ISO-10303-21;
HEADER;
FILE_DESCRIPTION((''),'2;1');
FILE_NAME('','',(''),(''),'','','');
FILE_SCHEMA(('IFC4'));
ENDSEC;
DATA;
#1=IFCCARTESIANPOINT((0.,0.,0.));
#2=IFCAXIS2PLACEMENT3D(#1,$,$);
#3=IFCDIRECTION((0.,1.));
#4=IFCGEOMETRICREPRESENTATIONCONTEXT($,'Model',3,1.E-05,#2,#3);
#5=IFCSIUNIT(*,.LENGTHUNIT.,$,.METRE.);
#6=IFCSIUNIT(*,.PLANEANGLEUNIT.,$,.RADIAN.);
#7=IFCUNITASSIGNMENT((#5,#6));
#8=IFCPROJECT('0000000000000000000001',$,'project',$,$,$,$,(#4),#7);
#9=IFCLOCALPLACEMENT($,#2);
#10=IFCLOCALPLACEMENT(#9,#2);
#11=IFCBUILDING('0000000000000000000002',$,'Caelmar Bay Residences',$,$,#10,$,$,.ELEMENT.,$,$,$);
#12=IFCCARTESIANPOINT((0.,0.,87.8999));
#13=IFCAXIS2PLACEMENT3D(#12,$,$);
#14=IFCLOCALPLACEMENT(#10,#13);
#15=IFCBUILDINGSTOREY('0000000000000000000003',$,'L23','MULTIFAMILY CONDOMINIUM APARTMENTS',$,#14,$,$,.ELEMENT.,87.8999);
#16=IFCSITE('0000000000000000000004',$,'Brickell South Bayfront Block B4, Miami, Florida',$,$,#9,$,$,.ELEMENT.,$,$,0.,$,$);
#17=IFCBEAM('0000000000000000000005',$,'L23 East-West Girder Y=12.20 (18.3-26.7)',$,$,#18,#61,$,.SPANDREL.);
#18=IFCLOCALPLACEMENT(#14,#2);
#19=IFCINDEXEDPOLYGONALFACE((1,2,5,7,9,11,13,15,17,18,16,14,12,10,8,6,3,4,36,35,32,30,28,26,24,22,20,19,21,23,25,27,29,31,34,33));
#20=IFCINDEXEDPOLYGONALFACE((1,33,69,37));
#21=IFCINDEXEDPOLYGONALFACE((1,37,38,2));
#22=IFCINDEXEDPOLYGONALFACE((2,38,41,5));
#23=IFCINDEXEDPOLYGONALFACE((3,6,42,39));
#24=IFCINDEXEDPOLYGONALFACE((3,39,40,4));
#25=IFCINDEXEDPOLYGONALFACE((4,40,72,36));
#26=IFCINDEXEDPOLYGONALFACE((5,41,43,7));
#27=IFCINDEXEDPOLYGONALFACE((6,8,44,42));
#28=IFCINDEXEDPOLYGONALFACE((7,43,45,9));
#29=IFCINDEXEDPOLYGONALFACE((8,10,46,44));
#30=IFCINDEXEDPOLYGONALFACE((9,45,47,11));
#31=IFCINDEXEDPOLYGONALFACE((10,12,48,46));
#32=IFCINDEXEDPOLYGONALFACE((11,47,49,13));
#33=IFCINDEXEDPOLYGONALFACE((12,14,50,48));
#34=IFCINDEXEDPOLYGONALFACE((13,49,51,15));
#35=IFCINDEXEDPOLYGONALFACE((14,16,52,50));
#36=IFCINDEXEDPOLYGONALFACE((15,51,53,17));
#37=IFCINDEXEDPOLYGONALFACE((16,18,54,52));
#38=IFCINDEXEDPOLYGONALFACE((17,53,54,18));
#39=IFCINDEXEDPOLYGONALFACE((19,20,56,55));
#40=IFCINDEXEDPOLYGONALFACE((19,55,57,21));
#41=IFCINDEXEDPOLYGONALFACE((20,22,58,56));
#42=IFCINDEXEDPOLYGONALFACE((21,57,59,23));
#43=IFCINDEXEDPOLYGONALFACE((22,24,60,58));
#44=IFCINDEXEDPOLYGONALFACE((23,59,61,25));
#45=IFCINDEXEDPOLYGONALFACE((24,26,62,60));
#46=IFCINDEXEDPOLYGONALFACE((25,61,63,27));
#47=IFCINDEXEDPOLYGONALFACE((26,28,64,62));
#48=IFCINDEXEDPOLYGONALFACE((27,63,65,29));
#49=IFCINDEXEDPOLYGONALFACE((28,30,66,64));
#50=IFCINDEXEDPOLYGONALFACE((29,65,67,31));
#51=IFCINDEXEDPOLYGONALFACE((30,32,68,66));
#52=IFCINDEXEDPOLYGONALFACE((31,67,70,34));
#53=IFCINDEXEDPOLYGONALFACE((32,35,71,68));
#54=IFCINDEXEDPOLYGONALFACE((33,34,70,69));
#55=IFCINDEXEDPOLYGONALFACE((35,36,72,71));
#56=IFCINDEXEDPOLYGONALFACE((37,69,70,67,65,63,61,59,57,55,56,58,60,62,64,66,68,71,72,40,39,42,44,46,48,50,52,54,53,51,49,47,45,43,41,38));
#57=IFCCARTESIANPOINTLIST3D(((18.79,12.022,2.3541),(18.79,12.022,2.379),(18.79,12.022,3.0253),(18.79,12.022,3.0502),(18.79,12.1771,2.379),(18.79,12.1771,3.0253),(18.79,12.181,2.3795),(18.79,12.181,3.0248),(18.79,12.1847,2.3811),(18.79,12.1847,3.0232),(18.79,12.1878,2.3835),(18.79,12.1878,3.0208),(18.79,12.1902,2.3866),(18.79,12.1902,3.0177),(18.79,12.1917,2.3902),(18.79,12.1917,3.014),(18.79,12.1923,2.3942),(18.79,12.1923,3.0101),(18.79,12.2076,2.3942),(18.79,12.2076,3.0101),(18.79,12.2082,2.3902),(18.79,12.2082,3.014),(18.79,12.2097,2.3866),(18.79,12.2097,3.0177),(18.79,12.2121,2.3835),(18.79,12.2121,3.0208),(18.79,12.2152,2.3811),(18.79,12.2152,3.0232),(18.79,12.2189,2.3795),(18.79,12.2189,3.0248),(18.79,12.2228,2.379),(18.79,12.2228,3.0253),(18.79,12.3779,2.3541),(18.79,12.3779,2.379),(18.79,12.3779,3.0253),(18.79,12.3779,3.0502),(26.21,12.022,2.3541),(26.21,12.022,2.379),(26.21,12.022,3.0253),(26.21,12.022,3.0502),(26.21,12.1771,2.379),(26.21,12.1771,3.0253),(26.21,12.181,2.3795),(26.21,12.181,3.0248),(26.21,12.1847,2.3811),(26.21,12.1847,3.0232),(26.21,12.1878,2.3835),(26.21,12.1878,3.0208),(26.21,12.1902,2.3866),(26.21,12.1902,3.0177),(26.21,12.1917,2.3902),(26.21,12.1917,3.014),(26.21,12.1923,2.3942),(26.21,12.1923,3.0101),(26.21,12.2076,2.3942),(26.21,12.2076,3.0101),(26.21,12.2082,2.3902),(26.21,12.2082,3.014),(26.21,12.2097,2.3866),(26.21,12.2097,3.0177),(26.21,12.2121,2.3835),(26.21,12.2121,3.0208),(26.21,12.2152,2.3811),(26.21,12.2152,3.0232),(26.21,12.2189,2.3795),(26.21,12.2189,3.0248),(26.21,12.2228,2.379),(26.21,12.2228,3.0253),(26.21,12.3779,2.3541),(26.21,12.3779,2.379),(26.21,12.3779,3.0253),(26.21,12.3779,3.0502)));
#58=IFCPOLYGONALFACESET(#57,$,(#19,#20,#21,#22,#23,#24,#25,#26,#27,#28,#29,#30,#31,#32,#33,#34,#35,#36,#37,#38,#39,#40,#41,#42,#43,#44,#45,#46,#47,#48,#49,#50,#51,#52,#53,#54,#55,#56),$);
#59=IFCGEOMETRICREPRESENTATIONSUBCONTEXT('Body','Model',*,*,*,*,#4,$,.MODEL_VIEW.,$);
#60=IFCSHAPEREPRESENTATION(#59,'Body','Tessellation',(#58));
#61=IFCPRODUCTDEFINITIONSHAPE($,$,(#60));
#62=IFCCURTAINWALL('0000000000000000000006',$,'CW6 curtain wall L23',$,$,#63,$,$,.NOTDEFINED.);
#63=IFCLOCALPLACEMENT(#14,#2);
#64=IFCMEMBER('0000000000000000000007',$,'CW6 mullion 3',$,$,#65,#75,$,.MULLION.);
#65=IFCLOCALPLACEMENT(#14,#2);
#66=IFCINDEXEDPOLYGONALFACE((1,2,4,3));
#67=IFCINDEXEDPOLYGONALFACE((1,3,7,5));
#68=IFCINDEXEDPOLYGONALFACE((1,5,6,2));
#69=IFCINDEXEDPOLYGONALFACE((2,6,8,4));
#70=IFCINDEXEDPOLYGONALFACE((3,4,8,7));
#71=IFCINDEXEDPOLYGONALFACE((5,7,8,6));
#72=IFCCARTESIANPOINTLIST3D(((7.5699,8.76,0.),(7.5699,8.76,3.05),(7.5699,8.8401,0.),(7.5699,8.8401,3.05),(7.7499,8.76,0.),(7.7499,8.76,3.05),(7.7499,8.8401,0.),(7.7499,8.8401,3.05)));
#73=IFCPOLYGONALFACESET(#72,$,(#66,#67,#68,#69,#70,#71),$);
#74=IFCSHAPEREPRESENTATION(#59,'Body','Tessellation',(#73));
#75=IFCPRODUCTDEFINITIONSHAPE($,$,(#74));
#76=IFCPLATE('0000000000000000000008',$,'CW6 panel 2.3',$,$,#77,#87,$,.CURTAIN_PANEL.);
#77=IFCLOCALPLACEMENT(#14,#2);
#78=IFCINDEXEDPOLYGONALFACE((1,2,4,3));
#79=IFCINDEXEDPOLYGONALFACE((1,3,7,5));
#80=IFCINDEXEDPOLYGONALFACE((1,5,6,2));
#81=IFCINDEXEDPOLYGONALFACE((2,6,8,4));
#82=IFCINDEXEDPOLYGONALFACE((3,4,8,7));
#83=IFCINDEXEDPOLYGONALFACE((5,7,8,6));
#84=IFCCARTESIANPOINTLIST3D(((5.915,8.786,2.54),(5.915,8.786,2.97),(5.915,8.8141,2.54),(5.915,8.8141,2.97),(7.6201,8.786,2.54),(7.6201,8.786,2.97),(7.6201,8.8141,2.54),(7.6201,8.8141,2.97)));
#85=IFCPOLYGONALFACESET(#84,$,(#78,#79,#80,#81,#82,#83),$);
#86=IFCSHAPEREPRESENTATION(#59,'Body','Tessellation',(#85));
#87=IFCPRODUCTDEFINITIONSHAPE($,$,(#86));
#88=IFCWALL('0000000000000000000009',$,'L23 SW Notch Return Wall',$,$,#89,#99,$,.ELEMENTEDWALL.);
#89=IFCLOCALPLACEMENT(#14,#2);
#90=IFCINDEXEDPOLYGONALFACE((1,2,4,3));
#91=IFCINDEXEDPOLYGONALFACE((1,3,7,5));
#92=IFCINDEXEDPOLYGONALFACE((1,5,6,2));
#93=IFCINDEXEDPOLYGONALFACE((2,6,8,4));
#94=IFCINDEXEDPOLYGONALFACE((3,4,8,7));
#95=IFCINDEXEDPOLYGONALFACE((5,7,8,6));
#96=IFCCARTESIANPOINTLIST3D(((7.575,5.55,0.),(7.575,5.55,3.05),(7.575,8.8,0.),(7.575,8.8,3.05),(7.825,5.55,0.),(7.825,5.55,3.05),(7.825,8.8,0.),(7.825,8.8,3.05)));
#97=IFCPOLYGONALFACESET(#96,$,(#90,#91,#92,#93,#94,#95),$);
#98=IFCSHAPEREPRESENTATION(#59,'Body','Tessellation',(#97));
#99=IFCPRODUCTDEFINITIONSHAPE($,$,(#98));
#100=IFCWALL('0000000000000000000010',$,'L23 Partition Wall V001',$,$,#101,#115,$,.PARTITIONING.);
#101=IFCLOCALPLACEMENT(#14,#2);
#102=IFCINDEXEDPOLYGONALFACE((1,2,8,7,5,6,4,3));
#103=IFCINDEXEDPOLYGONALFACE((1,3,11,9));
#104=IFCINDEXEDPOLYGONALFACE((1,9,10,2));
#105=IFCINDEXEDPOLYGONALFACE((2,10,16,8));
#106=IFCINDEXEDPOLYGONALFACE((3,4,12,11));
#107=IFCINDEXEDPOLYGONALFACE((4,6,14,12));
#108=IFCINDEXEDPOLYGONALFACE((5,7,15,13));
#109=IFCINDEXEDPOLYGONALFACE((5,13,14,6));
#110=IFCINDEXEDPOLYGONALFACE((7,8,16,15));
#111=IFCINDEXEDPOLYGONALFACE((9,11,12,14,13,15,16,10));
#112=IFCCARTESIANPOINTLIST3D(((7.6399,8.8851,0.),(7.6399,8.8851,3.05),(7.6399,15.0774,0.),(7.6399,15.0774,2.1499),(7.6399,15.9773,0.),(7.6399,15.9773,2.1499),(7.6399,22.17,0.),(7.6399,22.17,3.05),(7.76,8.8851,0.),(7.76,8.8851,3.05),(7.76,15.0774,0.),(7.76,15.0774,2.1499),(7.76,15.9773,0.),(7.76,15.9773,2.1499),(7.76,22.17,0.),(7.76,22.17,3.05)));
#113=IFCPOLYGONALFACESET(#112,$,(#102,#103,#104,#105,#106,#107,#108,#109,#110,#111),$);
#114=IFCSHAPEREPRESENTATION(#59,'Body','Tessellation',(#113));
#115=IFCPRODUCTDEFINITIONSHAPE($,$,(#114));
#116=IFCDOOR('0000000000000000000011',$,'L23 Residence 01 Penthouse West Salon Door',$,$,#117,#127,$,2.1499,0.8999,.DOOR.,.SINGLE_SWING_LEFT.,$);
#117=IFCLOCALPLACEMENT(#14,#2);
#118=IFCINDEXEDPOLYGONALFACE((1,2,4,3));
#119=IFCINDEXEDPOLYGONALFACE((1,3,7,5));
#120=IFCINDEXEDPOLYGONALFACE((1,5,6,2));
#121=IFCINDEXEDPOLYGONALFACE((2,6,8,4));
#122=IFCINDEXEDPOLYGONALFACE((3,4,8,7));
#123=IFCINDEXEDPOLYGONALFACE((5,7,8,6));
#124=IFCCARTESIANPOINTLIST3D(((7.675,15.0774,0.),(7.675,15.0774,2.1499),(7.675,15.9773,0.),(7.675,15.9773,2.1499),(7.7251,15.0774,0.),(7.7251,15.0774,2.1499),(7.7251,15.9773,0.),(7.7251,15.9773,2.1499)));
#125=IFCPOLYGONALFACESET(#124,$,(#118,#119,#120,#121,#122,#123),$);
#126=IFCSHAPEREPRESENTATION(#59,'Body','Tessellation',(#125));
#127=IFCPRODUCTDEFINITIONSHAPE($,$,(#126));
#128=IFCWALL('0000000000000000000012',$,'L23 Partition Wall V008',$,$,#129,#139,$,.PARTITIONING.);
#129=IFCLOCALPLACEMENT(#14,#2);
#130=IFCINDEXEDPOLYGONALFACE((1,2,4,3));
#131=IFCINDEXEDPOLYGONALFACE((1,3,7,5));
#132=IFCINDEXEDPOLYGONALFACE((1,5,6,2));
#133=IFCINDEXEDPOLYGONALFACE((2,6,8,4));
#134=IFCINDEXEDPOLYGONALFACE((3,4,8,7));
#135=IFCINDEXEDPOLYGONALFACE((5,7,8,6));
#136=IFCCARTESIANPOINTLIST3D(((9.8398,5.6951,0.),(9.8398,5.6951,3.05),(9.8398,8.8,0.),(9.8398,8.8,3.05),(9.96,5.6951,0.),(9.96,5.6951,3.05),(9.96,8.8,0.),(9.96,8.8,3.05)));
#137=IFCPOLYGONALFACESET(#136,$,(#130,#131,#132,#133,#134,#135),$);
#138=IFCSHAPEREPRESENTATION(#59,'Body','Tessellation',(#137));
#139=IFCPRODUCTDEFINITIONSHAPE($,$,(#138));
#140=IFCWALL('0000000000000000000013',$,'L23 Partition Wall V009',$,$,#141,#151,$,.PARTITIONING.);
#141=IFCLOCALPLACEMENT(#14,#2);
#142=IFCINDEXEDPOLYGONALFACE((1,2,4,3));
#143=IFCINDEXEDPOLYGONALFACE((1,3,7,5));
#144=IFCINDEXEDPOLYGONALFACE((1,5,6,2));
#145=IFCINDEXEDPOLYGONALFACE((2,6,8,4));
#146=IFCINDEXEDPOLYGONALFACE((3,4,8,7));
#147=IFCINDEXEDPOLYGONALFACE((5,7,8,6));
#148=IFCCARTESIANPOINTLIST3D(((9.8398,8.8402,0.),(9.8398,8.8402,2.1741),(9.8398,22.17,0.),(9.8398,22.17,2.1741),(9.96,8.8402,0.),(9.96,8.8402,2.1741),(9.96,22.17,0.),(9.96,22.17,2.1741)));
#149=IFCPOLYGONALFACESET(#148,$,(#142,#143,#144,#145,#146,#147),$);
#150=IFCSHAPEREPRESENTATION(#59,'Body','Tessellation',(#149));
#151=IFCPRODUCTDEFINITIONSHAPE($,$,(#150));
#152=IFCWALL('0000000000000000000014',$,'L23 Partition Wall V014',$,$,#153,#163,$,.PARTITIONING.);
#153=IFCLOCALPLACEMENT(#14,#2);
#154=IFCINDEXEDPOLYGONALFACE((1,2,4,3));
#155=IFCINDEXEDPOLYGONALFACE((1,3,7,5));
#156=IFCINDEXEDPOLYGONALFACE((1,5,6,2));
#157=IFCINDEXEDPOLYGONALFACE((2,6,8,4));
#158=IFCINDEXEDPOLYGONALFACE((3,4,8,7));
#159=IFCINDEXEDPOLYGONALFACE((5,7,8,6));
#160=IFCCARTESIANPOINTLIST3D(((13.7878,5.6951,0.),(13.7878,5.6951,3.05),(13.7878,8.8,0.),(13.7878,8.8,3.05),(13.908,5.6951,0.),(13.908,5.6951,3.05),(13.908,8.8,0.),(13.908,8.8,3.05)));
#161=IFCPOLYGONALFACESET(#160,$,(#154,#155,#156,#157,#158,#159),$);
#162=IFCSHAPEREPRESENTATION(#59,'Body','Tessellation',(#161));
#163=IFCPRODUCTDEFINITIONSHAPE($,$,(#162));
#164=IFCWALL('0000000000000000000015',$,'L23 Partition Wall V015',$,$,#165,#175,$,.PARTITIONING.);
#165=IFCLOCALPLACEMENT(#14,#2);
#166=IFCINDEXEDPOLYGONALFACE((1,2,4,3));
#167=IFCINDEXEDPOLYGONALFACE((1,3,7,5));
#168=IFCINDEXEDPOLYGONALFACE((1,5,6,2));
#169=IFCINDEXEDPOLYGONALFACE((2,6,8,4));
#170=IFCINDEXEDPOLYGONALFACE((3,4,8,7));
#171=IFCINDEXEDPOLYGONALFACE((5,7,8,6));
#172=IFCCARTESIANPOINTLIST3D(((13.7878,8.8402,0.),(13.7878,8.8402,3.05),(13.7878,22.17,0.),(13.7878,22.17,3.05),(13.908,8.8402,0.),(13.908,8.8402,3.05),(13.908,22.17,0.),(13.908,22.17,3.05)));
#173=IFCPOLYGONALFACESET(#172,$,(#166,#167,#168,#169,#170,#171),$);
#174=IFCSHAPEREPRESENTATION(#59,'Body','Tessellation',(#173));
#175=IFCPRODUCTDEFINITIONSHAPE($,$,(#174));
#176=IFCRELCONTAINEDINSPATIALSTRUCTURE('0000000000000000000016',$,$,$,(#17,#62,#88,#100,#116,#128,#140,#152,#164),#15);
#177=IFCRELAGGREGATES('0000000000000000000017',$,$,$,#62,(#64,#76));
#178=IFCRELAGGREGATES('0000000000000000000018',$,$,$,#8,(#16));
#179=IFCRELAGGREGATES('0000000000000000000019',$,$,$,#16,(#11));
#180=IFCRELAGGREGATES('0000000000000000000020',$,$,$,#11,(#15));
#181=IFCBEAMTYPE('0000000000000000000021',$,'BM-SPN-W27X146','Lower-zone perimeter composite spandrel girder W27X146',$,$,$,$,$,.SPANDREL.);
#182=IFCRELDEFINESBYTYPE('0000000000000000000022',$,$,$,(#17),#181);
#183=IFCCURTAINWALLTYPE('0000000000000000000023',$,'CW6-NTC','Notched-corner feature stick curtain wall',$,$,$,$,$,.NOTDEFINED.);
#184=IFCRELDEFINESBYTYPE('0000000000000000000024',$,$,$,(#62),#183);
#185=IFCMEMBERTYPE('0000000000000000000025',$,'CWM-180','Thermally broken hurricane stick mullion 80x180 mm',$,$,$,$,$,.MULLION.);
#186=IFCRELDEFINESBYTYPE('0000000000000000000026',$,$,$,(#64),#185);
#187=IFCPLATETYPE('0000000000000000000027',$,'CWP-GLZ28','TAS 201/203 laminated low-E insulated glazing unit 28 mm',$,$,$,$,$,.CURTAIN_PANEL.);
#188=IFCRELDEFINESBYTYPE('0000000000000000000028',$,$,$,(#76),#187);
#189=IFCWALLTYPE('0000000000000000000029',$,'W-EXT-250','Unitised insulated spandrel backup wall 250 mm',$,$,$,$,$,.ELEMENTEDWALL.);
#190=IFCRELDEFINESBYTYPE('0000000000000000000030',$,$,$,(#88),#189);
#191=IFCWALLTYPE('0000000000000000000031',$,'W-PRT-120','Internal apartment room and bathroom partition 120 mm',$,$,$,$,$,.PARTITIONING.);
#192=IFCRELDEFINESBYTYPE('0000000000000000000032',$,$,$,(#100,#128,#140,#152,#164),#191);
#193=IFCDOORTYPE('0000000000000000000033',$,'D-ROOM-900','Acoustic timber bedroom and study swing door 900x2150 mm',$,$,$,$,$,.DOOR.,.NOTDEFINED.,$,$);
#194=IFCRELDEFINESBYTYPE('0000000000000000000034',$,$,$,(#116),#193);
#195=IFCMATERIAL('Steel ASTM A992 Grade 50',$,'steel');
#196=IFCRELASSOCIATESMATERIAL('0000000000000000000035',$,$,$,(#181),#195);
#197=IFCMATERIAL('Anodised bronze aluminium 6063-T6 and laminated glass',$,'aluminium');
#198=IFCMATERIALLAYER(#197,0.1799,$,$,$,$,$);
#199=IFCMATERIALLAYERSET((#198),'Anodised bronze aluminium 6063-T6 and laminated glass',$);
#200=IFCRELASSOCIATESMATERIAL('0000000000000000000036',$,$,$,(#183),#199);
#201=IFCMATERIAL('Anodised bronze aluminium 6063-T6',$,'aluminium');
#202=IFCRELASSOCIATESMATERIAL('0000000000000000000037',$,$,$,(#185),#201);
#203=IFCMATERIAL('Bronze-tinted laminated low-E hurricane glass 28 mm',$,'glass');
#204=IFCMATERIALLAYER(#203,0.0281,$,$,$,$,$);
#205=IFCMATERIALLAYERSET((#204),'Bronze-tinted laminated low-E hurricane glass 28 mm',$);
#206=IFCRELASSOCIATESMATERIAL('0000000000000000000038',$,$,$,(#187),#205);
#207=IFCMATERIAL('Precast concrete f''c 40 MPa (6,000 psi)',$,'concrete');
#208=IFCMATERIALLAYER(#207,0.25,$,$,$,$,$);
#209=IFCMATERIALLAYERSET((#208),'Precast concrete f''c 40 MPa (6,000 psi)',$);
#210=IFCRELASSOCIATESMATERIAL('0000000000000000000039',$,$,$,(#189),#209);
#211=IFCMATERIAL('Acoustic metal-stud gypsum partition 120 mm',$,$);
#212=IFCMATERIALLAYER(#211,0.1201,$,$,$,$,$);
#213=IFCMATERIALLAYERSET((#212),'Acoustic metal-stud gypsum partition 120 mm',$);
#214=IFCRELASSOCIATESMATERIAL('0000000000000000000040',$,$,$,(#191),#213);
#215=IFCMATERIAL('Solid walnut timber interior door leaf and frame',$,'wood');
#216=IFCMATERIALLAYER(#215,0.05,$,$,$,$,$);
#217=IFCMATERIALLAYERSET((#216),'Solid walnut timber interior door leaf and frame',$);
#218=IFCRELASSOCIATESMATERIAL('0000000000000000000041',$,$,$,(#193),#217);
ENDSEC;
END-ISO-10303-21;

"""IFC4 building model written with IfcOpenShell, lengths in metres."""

from ifc_helpers import new_model, si_unit, direction, frame, frame_2d, origin, origin_2d, place, context, subcontext, project, spatial, rectangle, i_section, extrude, material, layer, layer_set, material_profile, profile_set, type_object, element, fill, aggregate, save


model = new_model("IFC4")

# Units and contexts
model_context = context("Model", 3, precision=1e-05, world=origin(), true_north=direction((0.0, 1.0)))
body_context = subcontext(model_context, "Body", "Model", "MODEL_VIEW")
ifc_project = project(units=[si_unit("LENGTHUNIT", "METRE"), si_unit("PLANEANGLEUNIT", "RADIAN")], contexts=[model_context])

# Site, building, storey
site_placement = place(None, origin())
site = spatial("IfcSite", under=ifc_project, at=site_placement, Name="Brickell South Bayfront Block B4, Miami, Florida", CompositionType="ELEMENT", RefElevation=0.0)
building_placement = place(site_placement, origin())
building = spatial("IfcBuilding", under=site, at=building_placement, Name="Caelmar Bay Residences", CompositionType="ELEMENT")
storey_placement = place(building_placement, frame((0.0, 0.0, 87.8999)))
storey = spatial("IfcBuildingStorey", under=building, at=storey_placement, Name="L23", Description="MULTIFAMILY CONDOMINIUM APARTMENTS", CompositionType="ELEMENT", Elevation=87.8999)

# Beam
ifc_material_1 = material(Name="Steel ASTM A992 Grade 50", Category="steel")
ifc_material_profile_1 = material_profile(ifc_material_1, i_section(OverallWidth=0.356, OverallDepth=0.696, WebThickness=0.0154, FlangeThickness=0.0249, FilletRadius=0.0151, at=origin_2d()), Name="W27X146")
ifc_profile_set_1 = profile_set([ifc_material_profile_1], Name="Steel ASTM A992 Grade 50")
beam_type_1 = type_object("IfcBeamType", Name="BM-SPN-W27X146", Description="Lower-zone perimeter composite spandrel girder W27X146", PredefinedType="SPANDREL", material=ifc_profile_set_1)
beam_1_placement = place(storey_placement, frame((18.79, 12.2, 2.7021), z_axis=(1.0, 0.0, 0.0), x_axis=(0.0, 1.0, 0.0)))
element("IfcBeam", 1, at=beam_1_placement, inside=storey, type_object=beam_type_1, Name="L23 East-West Girder Y=12.20 (18.3-26.7)", PredefinedType="SPANDREL", context=body_context, shape_type="SweptSolid", body=[
    extrude(i_section(OverallWidth=0.356, OverallDepth=0.696, WebThickness=0.0154, FlangeThickness=0.0249, FilletRadius=0.0151, at=origin_2d()), origin(), (0.0, 0.0, 1.0), 7.4199),
])

# Curtain wall, member, plate
ifc_material_2 = material(Name="Anodised bronze aluminium 6063-T6 and laminated glass", Category="aluminium")
ifc_layer_1 = layer(ifc_material_2, 0.1799)
ifc_layer_set_1 = layer_set([ifc_layer_1], Name="Anodised bronze aluminium 6063-T6 and laminated glass")
curtain_wall_type = type_object("IfcCurtainWallType", Name="CW6-NTC", Description="Notched-corner feature stick curtain wall", PredefinedType="NOTDEFINED", material=ifc_layer_set_1)
curtain_wall_placement = place(storey_placement, origin())
curtain_wall = element("IfcCurtainWall", 2, at=curtain_wall_placement, inside=storey, type_object=curtain_wall_type, Name="CW6 curtain wall L23", PredefinedType="NOTDEFINED")
ifc_material_3 = material(Name="Anodised bronze aluminium 6063-T6", Category="aluminium")
ifc_material_profile_2 = material_profile(ifc_material_3, rectangle(XDim=0.0801, YDim=0.1799, at=origin_2d()), Name="CWM-80X180")
ifc_profile_set_2 = profile_set([ifc_material_profile_2], Name="Anodised bronze aluminium 6063-T6")
member_type = type_object("IfcMemberType", Name="CWM-180", Description="Thermally broken hurricane stick mullion 80x180 mm", PredefinedType="MULLION", material=ifc_profile_set_2)
member_placement = place(storey_placement, frame((7.6599, 8.8, 0.0), z_axis=(0.0, 0.0, 1.0), x_axis=(0.0, 1.0, 0.0)))
member = element("IfcMember", 3, at=member_placement, type_object=member_type, Name="CW6 mullion 3", PredefinedType="MULLION", context=body_context, shape_type="SweptSolid", body=[
    extrude(rectangle(XDim=0.0801, YDim=0.1799, at=origin_2d()), origin(), (0.0, 0.0, 1.0), 3.05),
])
ifc_material_4 = material(Name="Bronze-tinted laminated low-E hurricane glass 28 mm", Category="glass")
ifc_layer_2 = layer(ifc_material_4, 0.0281)
ifc_layer_set_2 = layer_set([ifc_layer_2], Name="Bronze-tinted laminated low-E hurricane glass 28 mm")
plate_type = type_object("IfcPlateType", Name="CWP-GLZ28", Description="TAS 201/203 laminated low-E insulated glazing unit 28 mm", PredefinedType="CURTAIN_PANEL", material=ifc_layer_set_2)
plate_placement = place(storey_placement, frame((6.7676, 8.8, 2.54), z_axis=(0.0, 0.0, 1.0), x_axis=(1.0, 0.0, 0.0)))
plate = element("IfcPlate", 4, at=plate_placement, type_object=plate_type, Name="CW6 panel 2.3", PredefinedType="CURTAIN_PANEL", context=body_context, shape_type="SweptSolid", body=[
    extrude(rectangle(XDim=1.7051, YDim=0.0281, at=origin_2d()), origin(), (0.0, 0.0, 1.0), 0.4299),
])
aggregate(curtain_wall, [member, plate])

# Wall
ifc_material_5 = material(Name="Precast concrete f'c 40 MPa (6,000 psi)", Category="concrete")
ifc_layer_3 = layer(ifc_material_5, 0.25)
ifc_layer_set_3 = layer_set([ifc_layer_3], Name="Precast concrete f'c 40 MPa (6,000 psi)")
wall_type_1 = type_object("IfcWallType", Name="W-EXT-250", Description="Unitised insulated spandrel backup wall 250 mm", PredefinedType="ELEMENTEDWALL", material=ifc_layer_set_3)
wall_1_placement = place(storey_placement, frame((7.7, 8.8, 0.0), z_axis=(0.0, 0.0, 1.0), x_axis=(0.0, -1.0, 0.0)))
element("IfcWall", 5, at=wall_1_placement, inside=storey, type_object=wall_type_1, Name="L23 SW Notch Return Wall", PredefinedType="ELEMENTEDWALL", context=body_context, shape_type="SweptSolid", body=[
    extrude(rectangle(XDim=3.25, YDim=0.25, at=frame_2d((1.625, 0.0))), origin(), (0.0, 0.0, 1.0), 3.05),
])

# Wall, opening, door
ifc_material_6 = material(Name="Acoustic metal-stud gypsum partition 120 mm")
ifc_layer_4 = layer(ifc_material_6, 0.1201)
ifc_layer_set_4 = layer_set([ifc_layer_4], Name="Acoustic metal-stud gypsum partition 120 mm")
wall_type_2 = type_object("IfcWallType", Name="W-PRT-120", Description="Internal apartment room and bathroom partition 120 mm", PredefinedType="PARTITIONING", material=ifc_layer_set_4)
wall_2_placement = place(storey_placement, frame((7.7, 8.885, 0.0), z_axis=(0.0, 0.0, 1.0), x_axis=(0.0, 1.0, 0.0)))
wall_2 = element("IfcWall", 6, at=wall_2_placement, inside=storey, type_object=wall_type_2, Name="L23 Partition Wall V001", PredefinedType="PARTITIONING", context=body_context, shape_type="SweptSolid", body=[
    extrude(rectangle(XDim=13.2849, YDim=0.1201, at=frame_2d((6.6426, 0.0))), origin(), (0.0, 0.0, 1.0), 3.05),
])
opening_1_placement = place(wall_2_placement, frame((6.1924, 0.0, 0.0)))
opening_1 = element("IfcOpeningElement", 7, at=opening_1_placement, cuts=wall_2, PredefinedType="OPENING", context=body_context, shape_type="SweptSolid", body=[
    extrude(rectangle(XDim=0.8999, YDim=2.1499, at=frame_2d((0.45, 1.075))), frame((0.0, 0.0701, 0.0), z_axis=(0.0, -1.0, 0.0), x_axis=(1.0, 0.0, 0.0)), (0.0, 0.0, 1.0), 0.1401),
])
ifc_material_7 = material(Name="Solid walnut timber interior door leaf and frame", Category="wood")
ifc_layer_5 = layer(ifc_material_7, 0.05)
ifc_layer_set_5 = layer_set([ifc_layer_5], Name="Solid walnut timber interior door leaf and frame")
door_type = type_object("IfcDoorType", Name="D-ROOM-900", Description="Acoustic timber bedroom and study swing door 900x2150 mm", OperationType="NOTDEFINED", PredefinedType="DOOR", material=ifc_layer_set_5)
door_1_placement = place(opening_1_placement, origin())
door_1 = element("IfcDoor", 8, at=door_1_placement, inside=storey, type_object=door_type, Name="L23 Residence 01 Penthouse West Salon Door", OperationType="SINGLE_SWING_LEFT", OverallHeight=2.1499, OverallWidth=0.8999, PredefinedType="DOOR", context=body_context, shape_type="SweptSolid", body=[
    extrude(rectangle(XDim=0.8999, YDim=2.1499, at=frame_2d((0.45, 1.075))), frame((0.0, 0.0249, 0.0), z_axis=(0.0, -1.0, 0.0), x_axis=(1.0, 0.0, 0.0)), (0.0, 0.0, 1.0), 0.05),
])
fill(opening_1, door_1)

# Walls
wall_3_placement = place(storey_placement, frame((9.8999, 5.6951, 0.0), z_axis=(0.0, 0.0, 1.0), x_axis=(0.0, 1.0, 0.0)))
element("IfcWall", 9, at=wall_3_placement, inside=storey, type_object=wall_type_2, Name="L23 Partition Wall V008", PredefinedType="PARTITIONING", context=body_context, shape_type="SweptSolid", body=[
    extrude(rectangle(XDim=3.105, YDim=0.1201, at=frame_2d((1.5525, 0.0))), origin(), (0.0, 0.0, 1.0), 3.05),
])
wall_4_placement = place(storey_placement, frame((9.8999, 8.8401, 0.0), z_axis=(0.0, 0.0, 1.0), x_axis=(0.0, 1.0, 0.0)))
element("IfcWall", 10, at=wall_4_placement, inside=storey, type_object=wall_type_2, Name="L23 Partition Wall V009", PredefinedType="PARTITIONING", context=body_context, shape_type="SweptSolid", body=[
    extrude(rectangle(XDim=13.3298, YDim=0.1201, at=frame_2d((6.665, 0.0))), origin(), (0.0, 0.0, 1.0), 2.1741),
])
wall_5_placement = place(storey_placement, frame((13.8479, 5.6951, 0.0), z_axis=(0.0, 0.0, 1.0), x_axis=(0.0, 1.0, 0.0)))
element("IfcWall", 11, at=wall_5_placement, inside=storey, type_object=wall_type_2, Name="L23 Partition Wall V014", PredefinedType="PARTITIONING", context=body_context, shape_type="SweptSolid", body=[
    extrude(rectangle(XDim=3.105, YDim=0.1201, at=frame_2d((1.5525, 0.0))), origin(), (0.0, 0.0, 1.0), 3.05),
])
wall_6_placement = place(storey_placement, frame((13.8479, 8.8401, 0.0), z_axis=(0.0, 0.0, 1.0), x_axis=(0.0, 1.0, 0.0)))
element("IfcWall", 12, at=wall_6_placement, inside=storey, type_object=wall_type_2, Name="L23 Partition Wall V015", PredefinedType="PARTITIONING", context=body_context, shape_type="SweptSolid", body=[
    extrude(rectangle(XDim=13.3298, YDim=0.1201, at=frame_2d((6.665, 0.0))), origin(), (0.0, 0.0, 1.0), 3.05),
])

save(model, "model.ifc")
